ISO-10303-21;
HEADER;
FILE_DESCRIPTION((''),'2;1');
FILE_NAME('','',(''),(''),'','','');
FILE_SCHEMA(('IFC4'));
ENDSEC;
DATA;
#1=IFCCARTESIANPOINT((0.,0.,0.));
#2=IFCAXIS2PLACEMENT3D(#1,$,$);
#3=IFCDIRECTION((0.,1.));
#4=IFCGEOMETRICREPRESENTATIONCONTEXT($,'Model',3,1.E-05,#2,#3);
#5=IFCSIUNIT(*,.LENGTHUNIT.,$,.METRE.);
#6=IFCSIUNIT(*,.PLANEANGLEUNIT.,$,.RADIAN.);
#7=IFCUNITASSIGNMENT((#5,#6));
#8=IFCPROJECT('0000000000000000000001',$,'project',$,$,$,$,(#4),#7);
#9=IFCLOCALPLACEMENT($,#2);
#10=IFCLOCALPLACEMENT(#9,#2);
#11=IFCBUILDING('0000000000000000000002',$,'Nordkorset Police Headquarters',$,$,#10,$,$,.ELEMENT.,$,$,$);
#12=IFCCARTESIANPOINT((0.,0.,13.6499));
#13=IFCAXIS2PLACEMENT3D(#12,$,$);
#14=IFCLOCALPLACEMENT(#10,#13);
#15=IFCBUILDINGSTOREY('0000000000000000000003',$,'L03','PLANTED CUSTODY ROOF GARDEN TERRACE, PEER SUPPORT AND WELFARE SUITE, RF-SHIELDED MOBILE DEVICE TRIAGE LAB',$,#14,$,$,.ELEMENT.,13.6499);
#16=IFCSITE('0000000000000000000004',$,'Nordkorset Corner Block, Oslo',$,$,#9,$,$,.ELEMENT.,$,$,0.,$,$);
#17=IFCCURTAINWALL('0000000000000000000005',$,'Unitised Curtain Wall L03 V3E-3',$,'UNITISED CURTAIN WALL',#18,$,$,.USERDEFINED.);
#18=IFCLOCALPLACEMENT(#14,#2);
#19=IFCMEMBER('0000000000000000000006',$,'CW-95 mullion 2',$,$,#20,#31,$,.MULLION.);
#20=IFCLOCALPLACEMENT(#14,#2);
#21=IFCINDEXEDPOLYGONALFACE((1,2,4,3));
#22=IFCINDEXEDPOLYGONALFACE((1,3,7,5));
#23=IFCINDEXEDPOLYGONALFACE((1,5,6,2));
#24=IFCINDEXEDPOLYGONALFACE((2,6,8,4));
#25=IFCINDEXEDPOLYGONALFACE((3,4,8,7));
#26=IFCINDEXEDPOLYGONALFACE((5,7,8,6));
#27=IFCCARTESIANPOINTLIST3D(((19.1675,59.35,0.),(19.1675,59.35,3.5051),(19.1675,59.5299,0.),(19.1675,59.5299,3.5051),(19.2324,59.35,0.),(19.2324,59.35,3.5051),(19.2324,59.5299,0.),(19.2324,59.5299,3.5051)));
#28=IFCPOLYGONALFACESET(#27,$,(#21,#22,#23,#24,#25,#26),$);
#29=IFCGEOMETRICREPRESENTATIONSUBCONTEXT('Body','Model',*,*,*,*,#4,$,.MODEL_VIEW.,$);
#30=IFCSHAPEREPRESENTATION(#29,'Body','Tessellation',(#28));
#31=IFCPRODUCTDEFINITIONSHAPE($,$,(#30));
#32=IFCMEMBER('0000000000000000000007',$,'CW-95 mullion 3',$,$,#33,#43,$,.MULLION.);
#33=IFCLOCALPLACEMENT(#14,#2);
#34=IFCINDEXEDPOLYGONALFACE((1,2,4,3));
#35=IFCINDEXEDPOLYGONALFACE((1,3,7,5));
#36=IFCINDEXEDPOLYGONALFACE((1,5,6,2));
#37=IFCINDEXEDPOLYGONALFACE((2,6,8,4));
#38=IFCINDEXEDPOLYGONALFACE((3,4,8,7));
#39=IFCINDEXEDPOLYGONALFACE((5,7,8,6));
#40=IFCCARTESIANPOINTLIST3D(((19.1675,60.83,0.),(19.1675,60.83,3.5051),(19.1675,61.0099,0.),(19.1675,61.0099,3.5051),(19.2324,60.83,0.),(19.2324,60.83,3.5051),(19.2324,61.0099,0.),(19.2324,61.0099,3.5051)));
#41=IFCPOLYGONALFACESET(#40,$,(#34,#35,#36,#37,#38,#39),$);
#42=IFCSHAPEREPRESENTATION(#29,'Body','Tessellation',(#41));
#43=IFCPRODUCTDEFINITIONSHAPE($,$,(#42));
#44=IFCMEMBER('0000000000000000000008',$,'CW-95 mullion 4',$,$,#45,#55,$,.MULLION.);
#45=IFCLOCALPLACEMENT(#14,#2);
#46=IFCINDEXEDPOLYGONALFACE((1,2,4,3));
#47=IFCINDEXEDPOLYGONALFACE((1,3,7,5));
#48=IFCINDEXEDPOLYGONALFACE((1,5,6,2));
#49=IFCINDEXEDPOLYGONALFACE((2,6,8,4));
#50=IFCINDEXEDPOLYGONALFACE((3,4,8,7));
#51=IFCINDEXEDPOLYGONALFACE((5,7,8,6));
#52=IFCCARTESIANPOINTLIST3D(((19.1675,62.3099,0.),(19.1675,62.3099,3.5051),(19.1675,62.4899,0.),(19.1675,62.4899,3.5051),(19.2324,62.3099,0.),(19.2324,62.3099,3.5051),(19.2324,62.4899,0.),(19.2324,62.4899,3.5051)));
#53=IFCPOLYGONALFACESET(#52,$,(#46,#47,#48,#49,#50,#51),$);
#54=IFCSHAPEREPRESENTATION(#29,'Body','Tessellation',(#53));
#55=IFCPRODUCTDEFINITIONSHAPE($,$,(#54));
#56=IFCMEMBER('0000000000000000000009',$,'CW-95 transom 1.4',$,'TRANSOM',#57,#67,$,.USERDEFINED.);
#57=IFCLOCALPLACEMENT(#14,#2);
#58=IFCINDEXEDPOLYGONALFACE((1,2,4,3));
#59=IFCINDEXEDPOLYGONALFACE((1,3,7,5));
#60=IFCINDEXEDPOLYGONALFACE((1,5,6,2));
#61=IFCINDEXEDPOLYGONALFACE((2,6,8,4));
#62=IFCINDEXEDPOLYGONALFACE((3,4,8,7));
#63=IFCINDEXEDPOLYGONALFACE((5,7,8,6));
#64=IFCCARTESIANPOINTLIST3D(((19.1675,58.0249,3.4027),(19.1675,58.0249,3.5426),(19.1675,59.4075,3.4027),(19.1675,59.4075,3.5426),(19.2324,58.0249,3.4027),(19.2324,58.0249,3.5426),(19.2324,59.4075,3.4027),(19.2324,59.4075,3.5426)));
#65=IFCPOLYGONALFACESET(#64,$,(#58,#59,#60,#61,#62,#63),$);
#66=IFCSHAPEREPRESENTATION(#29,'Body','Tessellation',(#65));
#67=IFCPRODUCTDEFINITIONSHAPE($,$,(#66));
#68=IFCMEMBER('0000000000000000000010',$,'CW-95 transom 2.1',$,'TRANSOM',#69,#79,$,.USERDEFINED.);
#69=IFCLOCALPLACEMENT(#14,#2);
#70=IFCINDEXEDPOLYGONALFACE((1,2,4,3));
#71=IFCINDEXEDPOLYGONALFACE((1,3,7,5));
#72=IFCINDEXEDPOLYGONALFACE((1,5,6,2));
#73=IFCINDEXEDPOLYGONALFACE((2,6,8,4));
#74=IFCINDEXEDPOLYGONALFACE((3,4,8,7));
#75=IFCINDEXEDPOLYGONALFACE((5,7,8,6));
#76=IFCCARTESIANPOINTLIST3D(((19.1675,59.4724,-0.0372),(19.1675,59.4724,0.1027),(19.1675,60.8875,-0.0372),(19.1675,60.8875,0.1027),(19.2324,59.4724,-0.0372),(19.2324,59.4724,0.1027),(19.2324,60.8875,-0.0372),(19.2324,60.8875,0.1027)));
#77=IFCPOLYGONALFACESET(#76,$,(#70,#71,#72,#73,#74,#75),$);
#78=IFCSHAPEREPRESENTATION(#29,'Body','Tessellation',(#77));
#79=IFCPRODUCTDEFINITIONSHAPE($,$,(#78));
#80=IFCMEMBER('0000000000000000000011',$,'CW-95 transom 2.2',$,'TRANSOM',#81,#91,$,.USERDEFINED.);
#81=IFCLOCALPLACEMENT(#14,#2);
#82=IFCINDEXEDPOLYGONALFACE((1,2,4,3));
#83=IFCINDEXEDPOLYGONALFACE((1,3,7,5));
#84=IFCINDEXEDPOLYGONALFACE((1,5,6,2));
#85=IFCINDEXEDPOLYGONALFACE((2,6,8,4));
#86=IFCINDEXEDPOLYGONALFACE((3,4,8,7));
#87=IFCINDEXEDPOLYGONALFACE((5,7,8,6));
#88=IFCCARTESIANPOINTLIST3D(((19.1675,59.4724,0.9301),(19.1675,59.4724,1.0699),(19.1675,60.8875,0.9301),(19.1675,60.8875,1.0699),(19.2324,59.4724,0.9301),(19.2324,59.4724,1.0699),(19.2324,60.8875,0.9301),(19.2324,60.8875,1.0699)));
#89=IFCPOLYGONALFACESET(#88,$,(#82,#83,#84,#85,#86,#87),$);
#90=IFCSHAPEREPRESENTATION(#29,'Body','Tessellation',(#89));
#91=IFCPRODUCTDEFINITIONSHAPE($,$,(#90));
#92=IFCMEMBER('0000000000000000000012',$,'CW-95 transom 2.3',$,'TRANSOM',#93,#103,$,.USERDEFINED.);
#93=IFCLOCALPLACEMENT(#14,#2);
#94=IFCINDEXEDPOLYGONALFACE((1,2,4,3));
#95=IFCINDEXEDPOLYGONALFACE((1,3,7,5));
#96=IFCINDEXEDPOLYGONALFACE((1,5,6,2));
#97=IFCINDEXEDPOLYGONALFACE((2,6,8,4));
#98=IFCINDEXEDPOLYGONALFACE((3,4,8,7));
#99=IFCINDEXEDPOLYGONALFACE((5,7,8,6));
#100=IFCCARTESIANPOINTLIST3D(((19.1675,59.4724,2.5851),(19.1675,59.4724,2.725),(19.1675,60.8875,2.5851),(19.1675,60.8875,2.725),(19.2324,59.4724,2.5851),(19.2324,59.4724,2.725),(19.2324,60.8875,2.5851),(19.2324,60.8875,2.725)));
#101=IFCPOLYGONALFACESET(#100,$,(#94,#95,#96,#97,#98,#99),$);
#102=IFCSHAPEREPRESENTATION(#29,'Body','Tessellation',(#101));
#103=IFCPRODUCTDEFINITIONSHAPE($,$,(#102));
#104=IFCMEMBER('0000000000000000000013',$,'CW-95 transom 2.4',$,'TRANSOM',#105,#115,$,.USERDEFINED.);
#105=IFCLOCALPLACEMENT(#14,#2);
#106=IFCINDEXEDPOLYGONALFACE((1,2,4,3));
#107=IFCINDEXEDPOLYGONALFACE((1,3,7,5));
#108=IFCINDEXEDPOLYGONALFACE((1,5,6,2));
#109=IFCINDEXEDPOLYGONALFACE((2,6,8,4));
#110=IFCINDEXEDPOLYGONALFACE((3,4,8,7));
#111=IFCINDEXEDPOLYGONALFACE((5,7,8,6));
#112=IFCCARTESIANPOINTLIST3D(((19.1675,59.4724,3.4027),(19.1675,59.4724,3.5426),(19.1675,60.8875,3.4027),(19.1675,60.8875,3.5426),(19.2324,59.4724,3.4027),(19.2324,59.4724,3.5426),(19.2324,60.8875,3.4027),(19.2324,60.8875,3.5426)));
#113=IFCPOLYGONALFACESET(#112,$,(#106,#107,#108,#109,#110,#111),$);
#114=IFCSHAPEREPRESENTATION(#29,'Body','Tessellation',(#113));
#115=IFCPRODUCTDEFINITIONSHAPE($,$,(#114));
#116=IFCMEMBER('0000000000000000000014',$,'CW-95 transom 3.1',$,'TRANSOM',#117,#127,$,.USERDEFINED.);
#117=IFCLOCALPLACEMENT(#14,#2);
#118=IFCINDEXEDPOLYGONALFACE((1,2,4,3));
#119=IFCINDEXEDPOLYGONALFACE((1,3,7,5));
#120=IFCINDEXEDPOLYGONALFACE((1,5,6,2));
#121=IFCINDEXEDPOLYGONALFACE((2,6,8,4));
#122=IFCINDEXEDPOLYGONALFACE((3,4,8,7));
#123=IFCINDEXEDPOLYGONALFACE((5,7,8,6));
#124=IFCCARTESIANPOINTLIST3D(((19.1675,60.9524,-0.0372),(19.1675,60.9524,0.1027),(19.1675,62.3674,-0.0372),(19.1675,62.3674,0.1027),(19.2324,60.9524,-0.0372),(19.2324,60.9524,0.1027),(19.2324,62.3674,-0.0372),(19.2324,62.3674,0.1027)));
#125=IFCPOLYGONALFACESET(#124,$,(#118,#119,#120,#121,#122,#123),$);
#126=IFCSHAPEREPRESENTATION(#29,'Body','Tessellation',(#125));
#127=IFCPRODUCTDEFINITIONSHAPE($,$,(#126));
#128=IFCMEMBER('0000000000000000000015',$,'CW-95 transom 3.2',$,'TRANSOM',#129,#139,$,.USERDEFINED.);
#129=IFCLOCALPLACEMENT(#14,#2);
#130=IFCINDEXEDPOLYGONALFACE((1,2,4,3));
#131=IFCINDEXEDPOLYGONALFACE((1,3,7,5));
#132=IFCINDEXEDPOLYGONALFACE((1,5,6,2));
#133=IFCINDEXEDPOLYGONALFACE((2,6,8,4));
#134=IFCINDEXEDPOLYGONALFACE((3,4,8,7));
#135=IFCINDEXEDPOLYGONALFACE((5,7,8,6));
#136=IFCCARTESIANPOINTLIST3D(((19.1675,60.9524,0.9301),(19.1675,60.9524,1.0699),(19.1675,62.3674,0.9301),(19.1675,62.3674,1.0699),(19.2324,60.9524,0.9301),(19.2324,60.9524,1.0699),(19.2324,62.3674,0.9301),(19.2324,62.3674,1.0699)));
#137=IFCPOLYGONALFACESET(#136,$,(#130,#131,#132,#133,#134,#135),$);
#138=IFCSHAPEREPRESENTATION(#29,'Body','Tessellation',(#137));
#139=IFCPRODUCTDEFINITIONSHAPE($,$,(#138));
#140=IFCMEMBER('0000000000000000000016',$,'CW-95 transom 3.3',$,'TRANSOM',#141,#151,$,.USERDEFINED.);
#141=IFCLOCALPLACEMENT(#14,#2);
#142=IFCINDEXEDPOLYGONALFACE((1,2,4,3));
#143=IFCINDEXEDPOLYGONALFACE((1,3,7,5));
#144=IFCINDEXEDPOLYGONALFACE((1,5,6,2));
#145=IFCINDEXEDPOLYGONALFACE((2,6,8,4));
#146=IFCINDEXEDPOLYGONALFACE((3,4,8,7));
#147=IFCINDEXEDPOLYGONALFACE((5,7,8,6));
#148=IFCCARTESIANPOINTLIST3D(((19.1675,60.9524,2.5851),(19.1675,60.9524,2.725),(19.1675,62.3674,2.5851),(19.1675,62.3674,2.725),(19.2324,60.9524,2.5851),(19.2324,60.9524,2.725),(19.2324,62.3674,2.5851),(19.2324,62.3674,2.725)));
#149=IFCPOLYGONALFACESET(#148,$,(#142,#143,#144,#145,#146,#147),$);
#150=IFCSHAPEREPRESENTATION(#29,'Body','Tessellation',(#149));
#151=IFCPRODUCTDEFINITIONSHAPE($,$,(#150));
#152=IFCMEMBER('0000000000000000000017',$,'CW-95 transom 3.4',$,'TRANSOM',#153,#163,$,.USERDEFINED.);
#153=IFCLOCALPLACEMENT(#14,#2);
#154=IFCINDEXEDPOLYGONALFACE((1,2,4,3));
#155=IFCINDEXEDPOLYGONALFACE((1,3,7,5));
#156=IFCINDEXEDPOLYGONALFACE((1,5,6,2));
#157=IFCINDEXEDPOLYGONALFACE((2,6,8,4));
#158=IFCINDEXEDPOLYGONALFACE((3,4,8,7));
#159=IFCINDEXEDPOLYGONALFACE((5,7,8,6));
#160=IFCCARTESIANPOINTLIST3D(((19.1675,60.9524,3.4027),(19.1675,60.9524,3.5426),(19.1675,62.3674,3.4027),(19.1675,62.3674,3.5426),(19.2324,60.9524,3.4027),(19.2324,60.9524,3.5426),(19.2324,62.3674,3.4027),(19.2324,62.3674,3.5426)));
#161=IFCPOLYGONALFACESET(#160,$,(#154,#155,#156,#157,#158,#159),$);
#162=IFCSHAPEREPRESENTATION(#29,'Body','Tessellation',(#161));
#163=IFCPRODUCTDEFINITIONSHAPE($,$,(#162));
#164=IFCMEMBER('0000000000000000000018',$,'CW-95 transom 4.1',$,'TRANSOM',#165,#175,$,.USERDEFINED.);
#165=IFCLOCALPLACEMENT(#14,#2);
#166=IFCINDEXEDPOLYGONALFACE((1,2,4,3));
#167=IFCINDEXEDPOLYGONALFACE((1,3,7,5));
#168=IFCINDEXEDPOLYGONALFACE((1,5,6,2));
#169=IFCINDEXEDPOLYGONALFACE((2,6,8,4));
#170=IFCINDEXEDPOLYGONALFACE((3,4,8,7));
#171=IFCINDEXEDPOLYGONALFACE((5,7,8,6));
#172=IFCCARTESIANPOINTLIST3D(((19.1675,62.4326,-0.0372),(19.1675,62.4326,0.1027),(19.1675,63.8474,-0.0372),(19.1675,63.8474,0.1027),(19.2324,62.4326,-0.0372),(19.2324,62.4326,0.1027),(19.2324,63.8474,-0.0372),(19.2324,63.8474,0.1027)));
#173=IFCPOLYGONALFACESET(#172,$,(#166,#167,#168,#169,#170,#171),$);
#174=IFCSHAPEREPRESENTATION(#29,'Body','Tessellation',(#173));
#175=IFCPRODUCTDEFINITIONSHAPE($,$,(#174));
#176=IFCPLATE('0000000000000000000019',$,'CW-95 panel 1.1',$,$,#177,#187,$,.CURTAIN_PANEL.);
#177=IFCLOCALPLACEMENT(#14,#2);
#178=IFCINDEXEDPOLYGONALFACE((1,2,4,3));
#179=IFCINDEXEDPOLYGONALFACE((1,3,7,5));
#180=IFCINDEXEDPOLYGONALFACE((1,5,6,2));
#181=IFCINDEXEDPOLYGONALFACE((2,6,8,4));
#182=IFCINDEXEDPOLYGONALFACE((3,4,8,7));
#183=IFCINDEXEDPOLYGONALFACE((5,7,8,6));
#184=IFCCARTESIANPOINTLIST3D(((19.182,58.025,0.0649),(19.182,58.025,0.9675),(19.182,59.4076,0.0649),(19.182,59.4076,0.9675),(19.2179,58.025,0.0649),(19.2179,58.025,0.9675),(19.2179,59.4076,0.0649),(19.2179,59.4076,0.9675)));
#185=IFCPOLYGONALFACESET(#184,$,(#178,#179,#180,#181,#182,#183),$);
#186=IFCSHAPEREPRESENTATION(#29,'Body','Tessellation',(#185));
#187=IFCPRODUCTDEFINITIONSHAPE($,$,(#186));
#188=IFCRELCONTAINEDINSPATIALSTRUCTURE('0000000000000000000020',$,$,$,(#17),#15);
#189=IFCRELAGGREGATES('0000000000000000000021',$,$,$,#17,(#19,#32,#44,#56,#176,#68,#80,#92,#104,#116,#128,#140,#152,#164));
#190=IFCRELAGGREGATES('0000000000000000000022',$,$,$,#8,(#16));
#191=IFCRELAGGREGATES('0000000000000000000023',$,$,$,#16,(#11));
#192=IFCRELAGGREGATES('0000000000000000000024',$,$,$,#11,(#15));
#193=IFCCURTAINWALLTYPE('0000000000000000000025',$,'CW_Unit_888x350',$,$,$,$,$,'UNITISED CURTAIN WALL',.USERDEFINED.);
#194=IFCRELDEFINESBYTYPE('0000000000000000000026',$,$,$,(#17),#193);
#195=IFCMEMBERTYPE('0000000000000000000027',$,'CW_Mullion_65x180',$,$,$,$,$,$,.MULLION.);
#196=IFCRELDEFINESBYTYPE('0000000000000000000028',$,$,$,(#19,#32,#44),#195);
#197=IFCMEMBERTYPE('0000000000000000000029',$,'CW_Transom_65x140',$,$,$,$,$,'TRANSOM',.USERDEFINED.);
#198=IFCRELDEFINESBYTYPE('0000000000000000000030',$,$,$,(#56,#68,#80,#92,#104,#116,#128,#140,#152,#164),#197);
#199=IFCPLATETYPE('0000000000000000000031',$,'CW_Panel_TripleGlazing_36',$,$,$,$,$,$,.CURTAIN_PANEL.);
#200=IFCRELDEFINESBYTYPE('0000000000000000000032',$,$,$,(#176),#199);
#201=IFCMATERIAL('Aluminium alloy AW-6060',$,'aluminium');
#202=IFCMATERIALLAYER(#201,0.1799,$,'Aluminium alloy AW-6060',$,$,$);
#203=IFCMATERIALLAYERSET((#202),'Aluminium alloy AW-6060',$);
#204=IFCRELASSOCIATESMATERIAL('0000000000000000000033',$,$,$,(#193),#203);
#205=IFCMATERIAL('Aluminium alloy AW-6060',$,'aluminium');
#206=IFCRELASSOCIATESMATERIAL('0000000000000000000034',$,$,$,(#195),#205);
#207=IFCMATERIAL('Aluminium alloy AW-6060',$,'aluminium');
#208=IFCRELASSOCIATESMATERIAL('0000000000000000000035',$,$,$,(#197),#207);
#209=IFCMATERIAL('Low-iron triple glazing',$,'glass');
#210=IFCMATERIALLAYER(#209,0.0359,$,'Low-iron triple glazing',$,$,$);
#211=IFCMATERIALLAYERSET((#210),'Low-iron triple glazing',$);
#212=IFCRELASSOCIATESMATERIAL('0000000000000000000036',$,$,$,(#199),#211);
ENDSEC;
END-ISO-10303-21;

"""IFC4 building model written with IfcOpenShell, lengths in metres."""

from ifc_helpers import new_model, si_unit, direction, frame, origin, origin_2d, place, context, subcontext, project, spatial, rectangle, extrude, material, layer, layer_set, material_profile, profile_set, type_object, element, aggregate, save


model = new_model("IFC4")

# Units and contexts
model_context = context("Model", 3, precision=1e-05, world=origin(), true_north=direction((0.0, 1.0)))
body_context = subcontext(model_context, "Body", "Model", "MODEL_VIEW")
ifc_project = project(units=[si_unit("LENGTHUNIT", "METRE"), si_unit("PLANEANGLEUNIT", "RADIAN")], contexts=[model_context])

# Site, building, storey
site_placement = place(None, origin())
site = spatial("IfcSite", under=ifc_project, at=site_placement, Name="Nordkorset Corner Block, Oslo", CompositionType="ELEMENT", RefElevation=0.0)
building_placement = place(site_placement, origin())
building = spatial("IfcBuilding", under=site, at=building_placement, Name="Nordkorset Police Headquarters", CompositionType="ELEMENT")
storey_placement = place(building_placement, frame((0.0, 0.0, 13.6499)))
storey = spatial("IfcBuildingStorey", under=building, at=storey_placement, Name="L03", Description="PLANTED CUSTODY ROOF GARDEN TERRACE, PEER SUPPORT AND WELFARE SUITE, RF-SHIELDED MOBILE DEVICE TRIAGE LAB", CompositionType="ELEMENT", Elevation=13.6499)

# Curtain wall, members, plate
ifc_material_1 = material(Name="Aluminium alloy AW-6060", Category="aluminium")
ifc_layer_1 = layer(ifc_material_1, 0.1799, Name="Aluminium alloy AW-6060")
ifc_layer_set_1 = layer_set([ifc_layer_1], Name="Aluminium alloy AW-6060")
curtain_wall_type = type_object("IfcCurtainWallType", Name="CW_Unit_888x350", ElementType="UNITISED CURTAIN WALL", PredefinedType="USERDEFINED", material=ifc_layer_set_1)
curtain_wall_placement = place(storey_placement, origin())
curtain_wall = element("IfcCurtainWall", 1, at=curtain_wall_placement, inside=storey, type_object=curtain_wall_type, Name="Unitised Curtain Wall L03 V3E-3", ObjectType="UNITISED CURTAIN WALL", PredefinedType="USERDEFINED")
ifc_material_2 = material(Name="Aluminium alloy AW-6060", Category="aluminium")
ifc_material_profile_1 = material_profile(ifc_material_2, rectangle(XDim=0.0649, YDim=0.1799, at=origin_2d()), Name="ALU MULL 65x180")
ifc_profile_set_1 = profile_set([ifc_material_profile_1], Name="Aluminium alloy AW-6060")
member_type_1 = type_object("IfcMemberType", Name="CW_Mullion_65x180", PredefinedType="MULLION", material=ifc_profile_set_1)
member_1_placement = place(storey_placement, frame((19.2, 59.4399, 0.0), z_axis=(0.0, 0.0, 1.0), x_axis=(-1.0, 0.0, 0.0)))
member_1 = element("IfcMember", 2, at=member_1_placement, type_object=member_type_1, Name="CW-95 mullion 2", PredefinedType="MULLION", context=body_context, shape_type="SweptSolid", body=[
    extrude(rectangle(XDim=0.0649, YDim=0.1799, at=origin_2d()), origin(), (0.0, 0.0, 1.0), 3.5051),
])
member_2_placement = place(storey_placement, frame((19.2, 60.9199, 0.0), z_axis=(0.0, 0.0, 1.0), x_axis=(-1.0, 0.0, 0.0)))
member_2 = element("IfcMember", 3, at=member_2_placement, type_object=member_type_1, Name="CW-95 mullion 3", PredefinedType="MULLION", context=body_context, shape_type="SweptSolid", body=[
    extrude(rectangle(XDim=0.0649, YDim=0.1799, at=origin_2d()), origin(), (0.0, 0.0, 1.0), 3.5051),
])
member_3_placement = place(storey_placement, frame((19.2, 62.3999, 0.0), z_axis=(0.0, 0.0, 1.0), x_axis=(-1.0, 0.0, 0.0)))
member_3 = element("IfcMember", 4, at=member_3_placement, type_object=member_type_1, Name="CW-95 mullion 4", PredefinedType="MULLION", context=body_context, shape_type="SweptSolid", body=[
    extrude(rectangle(XDim=0.0649, YDim=0.1799, at=origin_2d()), origin(), (0.0, 0.0, 1.0), 3.5051),
])
ifc_material_3 = material(Name="Aluminium alloy AW-6060", Category="aluminium")
ifc_material_profile_2 = material_profile(ifc_material_3, rectangle(XDim=0.0649, YDim=0.1399, at=origin_2d()), Name="ALU TRAN 65x140")
ifc_profile_set_2 = profile_set([ifc_material_profile_2], Name="Aluminium alloy AW-6060")
member_type_2 = type_object("IfcMemberType", Name="CW_Transom_65x140", ElementType="TRANSOM", PredefinedType="USERDEFINED", material=ifc_profile_set_2)
member_4_placement = place(storey_placement, frame((19.2, 58.0249, 3.4727), z_axis=(0.0, 1.0, 0.0), x_axis=(-1.0, 0.0, 0.0)))
member_4 = element("IfcMember", 5, at=member_4_placement, type_object=member_type_2, Name="CW-95 transom 1.4", ObjectType="TRANSOM", PredefinedType="USERDEFINED", context=body_context, shape_type="SweptSolid", body=[
    extrude(rectangle(XDim=0.0649, YDim=0.1399, at=origin_2d()), origin(), (0.0, 0.0, 1.0), 1.3826),
])
member_5_placement = place(storey_placement, frame((19.2, 59.4724, 0.0327), z_axis=(0.0, 1.0, 0.0), x_axis=(-1.0, 0.0, 0.0)))
member_5 = element("IfcMember", 6, at=member_5_placement, type_object=member_type_2, Name="CW-95 transom 2.1", ObjectType="TRANSOM", PredefinedType="USERDEFINED", context=body_context, shape_type="SweptSolid", body=[
    extrude(rectangle(XDim=0.0649, YDim=0.1399, at=origin_2d()), origin(), (0.0, 0.0, 1.0), 1.415),
])
member_6_placement = place(storey_placement, frame((19.2, 59.4724, 1.0), z_axis=(0.0, 1.0, 0.0), x_axis=(-1.0, 0.0, 0.0)))
member_6 = element("IfcMember", 7, at=member_6_placement, type_object=member_type_2, Name="CW-95 transom 2.2", ObjectType="TRANSOM", PredefinedType="USERDEFINED", context=body_context, shape_type="SweptSolid", body=[
    extrude(rectangle(XDim=0.0649, YDim=0.1399, at=origin_2d()), origin(), (0.0, 0.0, 1.0), 1.415),
])
member_7_placement = place(storey_placement, frame((19.2, 59.4724, 2.655), z_axis=(0.0, 1.0, 0.0), x_axis=(-1.0, 0.0, 0.0)))
member_7 = element("IfcMember", 8, at=member_7_placement, type_object=member_type_2, Name="CW-95 transom 2.3", ObjectType="TRANSOM", PredefinedType="USERDEFINED", context=body_context, shape_type="SweptSolid", body=[
    extrude(rectangle(XDim=0.0649, YDim=0.1399, at=origin_2d()), origin(), (0.0, 0.0, 1.0), 1.415),
])
member_8_placement = place(storey_placement, frame((19.2, 59.4724, 3.4727), z_axis=(0.0, 1.0, 0.0), x_axis=(-1.0, 0.0, 0.0)))
member_8 = element("IfcMember", 9, at=member_8_placement, type_object=member_type_2, Name="CW-95 transom 2.4", ObjectType="TRANSOM", PredefinedType="USERDEFINED", context=body_context, shape_type="SweptSolid", body=[
    extrude(rectangle(XDim=0.0649, YDim=0.1399, at=origin_2d()), origin(), (0.0, 0.0, 1.0), 1.415),
])
member_9_placement = place(storey_placement, frame((19.2, 60.9524, 0.0327), z_axis=(0.0, 1.0, 0.0), x_axis=(-1.0, 0.0, 0.0)))
member_9 = element("IfcMember", 10, at=member_9_placement, type_object=member_type_2, Name="CW-95 transom 3.1", ObjectType="TRANSOM", PredefinedType="USERDEFINED", context=body_context, shape_type="SweptSolid", body=[
    extrude(rectangle(XDim=0.0649, YDim=0.1399, at=origin_2d()), origin(), (0.0, 0.0, 1.0), 1.415),
])
member_10_placement = place(storey_placement, frame((19.2, 60.9524, 1.0), z_axis=(0.0, 1.0, 0.0), x_axis=(-1.0, 0.0, 0.0)))
member_10 = element("IfcMember", 11, at=member_10_placement, type_object=member_type_2, Name="CW-95 transom 3.2", ObjectType="TRANSOM", PredefinedType="USERDEFINED", context=body_context, shape_type="SweptSolid", body=[
    extrude(rectangle(XDim=0.0649, YDim=0.1399, at=origin_2d()), origin(), (0.0, 0.0, 1.0), 1.415),
])
member_11_placement = place(storey_placement, frame((19.2, 60.9524, 2.655), z_axis=(0.0, 1.0, 0.0), x_axis=(-1.0, 0.0, 0.0)))
member_11 = element("IfcMember", 12, at=member_11_placement, type_object=member_type_2, Name="CW-95 transom 3.3", ObjectType="TRANSOM", PredefinedType="USERDEFINED", context=body_context, shape_type="SweptSolid", body=[
    extrude(rectangle(XDim=0.0649, YDim=0.1399, at=origin_2d()), origin(), (0.0, 0.0, 1.0), 1.415),
])
member_12_placement = place(storey_placement, frame((19.2, 60.9524, 3.4727), z_axis=(0.0, 1.0, 0.0), x_axis=(-1.0, 0.0, 0.0)))
member_12 = element("IfcMember", 13, at=member_12_placement, type_object=member_type_2, Name="CW-95 transom 3.4", ObjectType="TRANSOM", PredefinedType="USERDEFINED", context=body_context, shape_type="SweptSolid", body=[
    extrude(rectangle(XDim=0.0649, YDim=0.1399, at=origin_2d()), origin(), (0.0, 0.0, 1.0), 1.415),
])
member_13_placement = place(storey_placement, frame((19.2, 62.4326, 0.0327), z_axis=(0.0, 1.0, 0.0), x_axis=(-1.0, 0.0, 0.0)))
member_13 = element("IfcMember", 14, at=member_13_placement, type_object=member_type_2, Name="CW-95 transom 4.1", ObjectType="TRANSOM", PredefinedType="USERDEFINED", context=body_context, shape_type="SweptSolid", body=[
    extrude(rectangle(XDim=0.0649, YDim=0.1399, at=origin_2d()), origin(), (0.0, 0.0, 1.0), 1.4148),
])
ifc_material_4 = material(Name="Low-iron triple glazing", Category="glass")
ifc_layer_2 = layer(ifc_material_4, 0.0359, Name="Low-iron triple glazing")
ifc_layer_set_2 = layer_set([ifc_layer_2], Name="Low-iron triple glazing")
plate_type = type_object("IfcPlateType", Name="CW_Panel_TripleGlazing_36", PredefinedType="CURTAIN_PANEL", material=ifc_layer_set_2)
plate_1_placement = place(storey_placement, frame((19.2, 58.7163, 0.0649), z_axis=(0.0, 0.0, 1.0), x_axis=(0.0, 1.0, 0.0)))
plate_1 = element("IfcPlate", 15, at=plate_1_placement, type_object=plate_type, Name="CW-95 panel 1.1", PredefinedType="CURTAIN_PANEL", context=body_context, shape_type="SweptSolid", body=[
    extrude(rectangle(XDim=1.3826, YDim=0.0359, at=origin_2d()), origin(), (0.0, 0.0, 1.0), 0.9026),
])
aggregate(curtain_wall, [member_1, member_2, member_3, member_4, plate_1, member_5, member_6, member_7, member_8, member_9, member_10, member_11, member_12, member_13])

save(model, "model.ifc")
